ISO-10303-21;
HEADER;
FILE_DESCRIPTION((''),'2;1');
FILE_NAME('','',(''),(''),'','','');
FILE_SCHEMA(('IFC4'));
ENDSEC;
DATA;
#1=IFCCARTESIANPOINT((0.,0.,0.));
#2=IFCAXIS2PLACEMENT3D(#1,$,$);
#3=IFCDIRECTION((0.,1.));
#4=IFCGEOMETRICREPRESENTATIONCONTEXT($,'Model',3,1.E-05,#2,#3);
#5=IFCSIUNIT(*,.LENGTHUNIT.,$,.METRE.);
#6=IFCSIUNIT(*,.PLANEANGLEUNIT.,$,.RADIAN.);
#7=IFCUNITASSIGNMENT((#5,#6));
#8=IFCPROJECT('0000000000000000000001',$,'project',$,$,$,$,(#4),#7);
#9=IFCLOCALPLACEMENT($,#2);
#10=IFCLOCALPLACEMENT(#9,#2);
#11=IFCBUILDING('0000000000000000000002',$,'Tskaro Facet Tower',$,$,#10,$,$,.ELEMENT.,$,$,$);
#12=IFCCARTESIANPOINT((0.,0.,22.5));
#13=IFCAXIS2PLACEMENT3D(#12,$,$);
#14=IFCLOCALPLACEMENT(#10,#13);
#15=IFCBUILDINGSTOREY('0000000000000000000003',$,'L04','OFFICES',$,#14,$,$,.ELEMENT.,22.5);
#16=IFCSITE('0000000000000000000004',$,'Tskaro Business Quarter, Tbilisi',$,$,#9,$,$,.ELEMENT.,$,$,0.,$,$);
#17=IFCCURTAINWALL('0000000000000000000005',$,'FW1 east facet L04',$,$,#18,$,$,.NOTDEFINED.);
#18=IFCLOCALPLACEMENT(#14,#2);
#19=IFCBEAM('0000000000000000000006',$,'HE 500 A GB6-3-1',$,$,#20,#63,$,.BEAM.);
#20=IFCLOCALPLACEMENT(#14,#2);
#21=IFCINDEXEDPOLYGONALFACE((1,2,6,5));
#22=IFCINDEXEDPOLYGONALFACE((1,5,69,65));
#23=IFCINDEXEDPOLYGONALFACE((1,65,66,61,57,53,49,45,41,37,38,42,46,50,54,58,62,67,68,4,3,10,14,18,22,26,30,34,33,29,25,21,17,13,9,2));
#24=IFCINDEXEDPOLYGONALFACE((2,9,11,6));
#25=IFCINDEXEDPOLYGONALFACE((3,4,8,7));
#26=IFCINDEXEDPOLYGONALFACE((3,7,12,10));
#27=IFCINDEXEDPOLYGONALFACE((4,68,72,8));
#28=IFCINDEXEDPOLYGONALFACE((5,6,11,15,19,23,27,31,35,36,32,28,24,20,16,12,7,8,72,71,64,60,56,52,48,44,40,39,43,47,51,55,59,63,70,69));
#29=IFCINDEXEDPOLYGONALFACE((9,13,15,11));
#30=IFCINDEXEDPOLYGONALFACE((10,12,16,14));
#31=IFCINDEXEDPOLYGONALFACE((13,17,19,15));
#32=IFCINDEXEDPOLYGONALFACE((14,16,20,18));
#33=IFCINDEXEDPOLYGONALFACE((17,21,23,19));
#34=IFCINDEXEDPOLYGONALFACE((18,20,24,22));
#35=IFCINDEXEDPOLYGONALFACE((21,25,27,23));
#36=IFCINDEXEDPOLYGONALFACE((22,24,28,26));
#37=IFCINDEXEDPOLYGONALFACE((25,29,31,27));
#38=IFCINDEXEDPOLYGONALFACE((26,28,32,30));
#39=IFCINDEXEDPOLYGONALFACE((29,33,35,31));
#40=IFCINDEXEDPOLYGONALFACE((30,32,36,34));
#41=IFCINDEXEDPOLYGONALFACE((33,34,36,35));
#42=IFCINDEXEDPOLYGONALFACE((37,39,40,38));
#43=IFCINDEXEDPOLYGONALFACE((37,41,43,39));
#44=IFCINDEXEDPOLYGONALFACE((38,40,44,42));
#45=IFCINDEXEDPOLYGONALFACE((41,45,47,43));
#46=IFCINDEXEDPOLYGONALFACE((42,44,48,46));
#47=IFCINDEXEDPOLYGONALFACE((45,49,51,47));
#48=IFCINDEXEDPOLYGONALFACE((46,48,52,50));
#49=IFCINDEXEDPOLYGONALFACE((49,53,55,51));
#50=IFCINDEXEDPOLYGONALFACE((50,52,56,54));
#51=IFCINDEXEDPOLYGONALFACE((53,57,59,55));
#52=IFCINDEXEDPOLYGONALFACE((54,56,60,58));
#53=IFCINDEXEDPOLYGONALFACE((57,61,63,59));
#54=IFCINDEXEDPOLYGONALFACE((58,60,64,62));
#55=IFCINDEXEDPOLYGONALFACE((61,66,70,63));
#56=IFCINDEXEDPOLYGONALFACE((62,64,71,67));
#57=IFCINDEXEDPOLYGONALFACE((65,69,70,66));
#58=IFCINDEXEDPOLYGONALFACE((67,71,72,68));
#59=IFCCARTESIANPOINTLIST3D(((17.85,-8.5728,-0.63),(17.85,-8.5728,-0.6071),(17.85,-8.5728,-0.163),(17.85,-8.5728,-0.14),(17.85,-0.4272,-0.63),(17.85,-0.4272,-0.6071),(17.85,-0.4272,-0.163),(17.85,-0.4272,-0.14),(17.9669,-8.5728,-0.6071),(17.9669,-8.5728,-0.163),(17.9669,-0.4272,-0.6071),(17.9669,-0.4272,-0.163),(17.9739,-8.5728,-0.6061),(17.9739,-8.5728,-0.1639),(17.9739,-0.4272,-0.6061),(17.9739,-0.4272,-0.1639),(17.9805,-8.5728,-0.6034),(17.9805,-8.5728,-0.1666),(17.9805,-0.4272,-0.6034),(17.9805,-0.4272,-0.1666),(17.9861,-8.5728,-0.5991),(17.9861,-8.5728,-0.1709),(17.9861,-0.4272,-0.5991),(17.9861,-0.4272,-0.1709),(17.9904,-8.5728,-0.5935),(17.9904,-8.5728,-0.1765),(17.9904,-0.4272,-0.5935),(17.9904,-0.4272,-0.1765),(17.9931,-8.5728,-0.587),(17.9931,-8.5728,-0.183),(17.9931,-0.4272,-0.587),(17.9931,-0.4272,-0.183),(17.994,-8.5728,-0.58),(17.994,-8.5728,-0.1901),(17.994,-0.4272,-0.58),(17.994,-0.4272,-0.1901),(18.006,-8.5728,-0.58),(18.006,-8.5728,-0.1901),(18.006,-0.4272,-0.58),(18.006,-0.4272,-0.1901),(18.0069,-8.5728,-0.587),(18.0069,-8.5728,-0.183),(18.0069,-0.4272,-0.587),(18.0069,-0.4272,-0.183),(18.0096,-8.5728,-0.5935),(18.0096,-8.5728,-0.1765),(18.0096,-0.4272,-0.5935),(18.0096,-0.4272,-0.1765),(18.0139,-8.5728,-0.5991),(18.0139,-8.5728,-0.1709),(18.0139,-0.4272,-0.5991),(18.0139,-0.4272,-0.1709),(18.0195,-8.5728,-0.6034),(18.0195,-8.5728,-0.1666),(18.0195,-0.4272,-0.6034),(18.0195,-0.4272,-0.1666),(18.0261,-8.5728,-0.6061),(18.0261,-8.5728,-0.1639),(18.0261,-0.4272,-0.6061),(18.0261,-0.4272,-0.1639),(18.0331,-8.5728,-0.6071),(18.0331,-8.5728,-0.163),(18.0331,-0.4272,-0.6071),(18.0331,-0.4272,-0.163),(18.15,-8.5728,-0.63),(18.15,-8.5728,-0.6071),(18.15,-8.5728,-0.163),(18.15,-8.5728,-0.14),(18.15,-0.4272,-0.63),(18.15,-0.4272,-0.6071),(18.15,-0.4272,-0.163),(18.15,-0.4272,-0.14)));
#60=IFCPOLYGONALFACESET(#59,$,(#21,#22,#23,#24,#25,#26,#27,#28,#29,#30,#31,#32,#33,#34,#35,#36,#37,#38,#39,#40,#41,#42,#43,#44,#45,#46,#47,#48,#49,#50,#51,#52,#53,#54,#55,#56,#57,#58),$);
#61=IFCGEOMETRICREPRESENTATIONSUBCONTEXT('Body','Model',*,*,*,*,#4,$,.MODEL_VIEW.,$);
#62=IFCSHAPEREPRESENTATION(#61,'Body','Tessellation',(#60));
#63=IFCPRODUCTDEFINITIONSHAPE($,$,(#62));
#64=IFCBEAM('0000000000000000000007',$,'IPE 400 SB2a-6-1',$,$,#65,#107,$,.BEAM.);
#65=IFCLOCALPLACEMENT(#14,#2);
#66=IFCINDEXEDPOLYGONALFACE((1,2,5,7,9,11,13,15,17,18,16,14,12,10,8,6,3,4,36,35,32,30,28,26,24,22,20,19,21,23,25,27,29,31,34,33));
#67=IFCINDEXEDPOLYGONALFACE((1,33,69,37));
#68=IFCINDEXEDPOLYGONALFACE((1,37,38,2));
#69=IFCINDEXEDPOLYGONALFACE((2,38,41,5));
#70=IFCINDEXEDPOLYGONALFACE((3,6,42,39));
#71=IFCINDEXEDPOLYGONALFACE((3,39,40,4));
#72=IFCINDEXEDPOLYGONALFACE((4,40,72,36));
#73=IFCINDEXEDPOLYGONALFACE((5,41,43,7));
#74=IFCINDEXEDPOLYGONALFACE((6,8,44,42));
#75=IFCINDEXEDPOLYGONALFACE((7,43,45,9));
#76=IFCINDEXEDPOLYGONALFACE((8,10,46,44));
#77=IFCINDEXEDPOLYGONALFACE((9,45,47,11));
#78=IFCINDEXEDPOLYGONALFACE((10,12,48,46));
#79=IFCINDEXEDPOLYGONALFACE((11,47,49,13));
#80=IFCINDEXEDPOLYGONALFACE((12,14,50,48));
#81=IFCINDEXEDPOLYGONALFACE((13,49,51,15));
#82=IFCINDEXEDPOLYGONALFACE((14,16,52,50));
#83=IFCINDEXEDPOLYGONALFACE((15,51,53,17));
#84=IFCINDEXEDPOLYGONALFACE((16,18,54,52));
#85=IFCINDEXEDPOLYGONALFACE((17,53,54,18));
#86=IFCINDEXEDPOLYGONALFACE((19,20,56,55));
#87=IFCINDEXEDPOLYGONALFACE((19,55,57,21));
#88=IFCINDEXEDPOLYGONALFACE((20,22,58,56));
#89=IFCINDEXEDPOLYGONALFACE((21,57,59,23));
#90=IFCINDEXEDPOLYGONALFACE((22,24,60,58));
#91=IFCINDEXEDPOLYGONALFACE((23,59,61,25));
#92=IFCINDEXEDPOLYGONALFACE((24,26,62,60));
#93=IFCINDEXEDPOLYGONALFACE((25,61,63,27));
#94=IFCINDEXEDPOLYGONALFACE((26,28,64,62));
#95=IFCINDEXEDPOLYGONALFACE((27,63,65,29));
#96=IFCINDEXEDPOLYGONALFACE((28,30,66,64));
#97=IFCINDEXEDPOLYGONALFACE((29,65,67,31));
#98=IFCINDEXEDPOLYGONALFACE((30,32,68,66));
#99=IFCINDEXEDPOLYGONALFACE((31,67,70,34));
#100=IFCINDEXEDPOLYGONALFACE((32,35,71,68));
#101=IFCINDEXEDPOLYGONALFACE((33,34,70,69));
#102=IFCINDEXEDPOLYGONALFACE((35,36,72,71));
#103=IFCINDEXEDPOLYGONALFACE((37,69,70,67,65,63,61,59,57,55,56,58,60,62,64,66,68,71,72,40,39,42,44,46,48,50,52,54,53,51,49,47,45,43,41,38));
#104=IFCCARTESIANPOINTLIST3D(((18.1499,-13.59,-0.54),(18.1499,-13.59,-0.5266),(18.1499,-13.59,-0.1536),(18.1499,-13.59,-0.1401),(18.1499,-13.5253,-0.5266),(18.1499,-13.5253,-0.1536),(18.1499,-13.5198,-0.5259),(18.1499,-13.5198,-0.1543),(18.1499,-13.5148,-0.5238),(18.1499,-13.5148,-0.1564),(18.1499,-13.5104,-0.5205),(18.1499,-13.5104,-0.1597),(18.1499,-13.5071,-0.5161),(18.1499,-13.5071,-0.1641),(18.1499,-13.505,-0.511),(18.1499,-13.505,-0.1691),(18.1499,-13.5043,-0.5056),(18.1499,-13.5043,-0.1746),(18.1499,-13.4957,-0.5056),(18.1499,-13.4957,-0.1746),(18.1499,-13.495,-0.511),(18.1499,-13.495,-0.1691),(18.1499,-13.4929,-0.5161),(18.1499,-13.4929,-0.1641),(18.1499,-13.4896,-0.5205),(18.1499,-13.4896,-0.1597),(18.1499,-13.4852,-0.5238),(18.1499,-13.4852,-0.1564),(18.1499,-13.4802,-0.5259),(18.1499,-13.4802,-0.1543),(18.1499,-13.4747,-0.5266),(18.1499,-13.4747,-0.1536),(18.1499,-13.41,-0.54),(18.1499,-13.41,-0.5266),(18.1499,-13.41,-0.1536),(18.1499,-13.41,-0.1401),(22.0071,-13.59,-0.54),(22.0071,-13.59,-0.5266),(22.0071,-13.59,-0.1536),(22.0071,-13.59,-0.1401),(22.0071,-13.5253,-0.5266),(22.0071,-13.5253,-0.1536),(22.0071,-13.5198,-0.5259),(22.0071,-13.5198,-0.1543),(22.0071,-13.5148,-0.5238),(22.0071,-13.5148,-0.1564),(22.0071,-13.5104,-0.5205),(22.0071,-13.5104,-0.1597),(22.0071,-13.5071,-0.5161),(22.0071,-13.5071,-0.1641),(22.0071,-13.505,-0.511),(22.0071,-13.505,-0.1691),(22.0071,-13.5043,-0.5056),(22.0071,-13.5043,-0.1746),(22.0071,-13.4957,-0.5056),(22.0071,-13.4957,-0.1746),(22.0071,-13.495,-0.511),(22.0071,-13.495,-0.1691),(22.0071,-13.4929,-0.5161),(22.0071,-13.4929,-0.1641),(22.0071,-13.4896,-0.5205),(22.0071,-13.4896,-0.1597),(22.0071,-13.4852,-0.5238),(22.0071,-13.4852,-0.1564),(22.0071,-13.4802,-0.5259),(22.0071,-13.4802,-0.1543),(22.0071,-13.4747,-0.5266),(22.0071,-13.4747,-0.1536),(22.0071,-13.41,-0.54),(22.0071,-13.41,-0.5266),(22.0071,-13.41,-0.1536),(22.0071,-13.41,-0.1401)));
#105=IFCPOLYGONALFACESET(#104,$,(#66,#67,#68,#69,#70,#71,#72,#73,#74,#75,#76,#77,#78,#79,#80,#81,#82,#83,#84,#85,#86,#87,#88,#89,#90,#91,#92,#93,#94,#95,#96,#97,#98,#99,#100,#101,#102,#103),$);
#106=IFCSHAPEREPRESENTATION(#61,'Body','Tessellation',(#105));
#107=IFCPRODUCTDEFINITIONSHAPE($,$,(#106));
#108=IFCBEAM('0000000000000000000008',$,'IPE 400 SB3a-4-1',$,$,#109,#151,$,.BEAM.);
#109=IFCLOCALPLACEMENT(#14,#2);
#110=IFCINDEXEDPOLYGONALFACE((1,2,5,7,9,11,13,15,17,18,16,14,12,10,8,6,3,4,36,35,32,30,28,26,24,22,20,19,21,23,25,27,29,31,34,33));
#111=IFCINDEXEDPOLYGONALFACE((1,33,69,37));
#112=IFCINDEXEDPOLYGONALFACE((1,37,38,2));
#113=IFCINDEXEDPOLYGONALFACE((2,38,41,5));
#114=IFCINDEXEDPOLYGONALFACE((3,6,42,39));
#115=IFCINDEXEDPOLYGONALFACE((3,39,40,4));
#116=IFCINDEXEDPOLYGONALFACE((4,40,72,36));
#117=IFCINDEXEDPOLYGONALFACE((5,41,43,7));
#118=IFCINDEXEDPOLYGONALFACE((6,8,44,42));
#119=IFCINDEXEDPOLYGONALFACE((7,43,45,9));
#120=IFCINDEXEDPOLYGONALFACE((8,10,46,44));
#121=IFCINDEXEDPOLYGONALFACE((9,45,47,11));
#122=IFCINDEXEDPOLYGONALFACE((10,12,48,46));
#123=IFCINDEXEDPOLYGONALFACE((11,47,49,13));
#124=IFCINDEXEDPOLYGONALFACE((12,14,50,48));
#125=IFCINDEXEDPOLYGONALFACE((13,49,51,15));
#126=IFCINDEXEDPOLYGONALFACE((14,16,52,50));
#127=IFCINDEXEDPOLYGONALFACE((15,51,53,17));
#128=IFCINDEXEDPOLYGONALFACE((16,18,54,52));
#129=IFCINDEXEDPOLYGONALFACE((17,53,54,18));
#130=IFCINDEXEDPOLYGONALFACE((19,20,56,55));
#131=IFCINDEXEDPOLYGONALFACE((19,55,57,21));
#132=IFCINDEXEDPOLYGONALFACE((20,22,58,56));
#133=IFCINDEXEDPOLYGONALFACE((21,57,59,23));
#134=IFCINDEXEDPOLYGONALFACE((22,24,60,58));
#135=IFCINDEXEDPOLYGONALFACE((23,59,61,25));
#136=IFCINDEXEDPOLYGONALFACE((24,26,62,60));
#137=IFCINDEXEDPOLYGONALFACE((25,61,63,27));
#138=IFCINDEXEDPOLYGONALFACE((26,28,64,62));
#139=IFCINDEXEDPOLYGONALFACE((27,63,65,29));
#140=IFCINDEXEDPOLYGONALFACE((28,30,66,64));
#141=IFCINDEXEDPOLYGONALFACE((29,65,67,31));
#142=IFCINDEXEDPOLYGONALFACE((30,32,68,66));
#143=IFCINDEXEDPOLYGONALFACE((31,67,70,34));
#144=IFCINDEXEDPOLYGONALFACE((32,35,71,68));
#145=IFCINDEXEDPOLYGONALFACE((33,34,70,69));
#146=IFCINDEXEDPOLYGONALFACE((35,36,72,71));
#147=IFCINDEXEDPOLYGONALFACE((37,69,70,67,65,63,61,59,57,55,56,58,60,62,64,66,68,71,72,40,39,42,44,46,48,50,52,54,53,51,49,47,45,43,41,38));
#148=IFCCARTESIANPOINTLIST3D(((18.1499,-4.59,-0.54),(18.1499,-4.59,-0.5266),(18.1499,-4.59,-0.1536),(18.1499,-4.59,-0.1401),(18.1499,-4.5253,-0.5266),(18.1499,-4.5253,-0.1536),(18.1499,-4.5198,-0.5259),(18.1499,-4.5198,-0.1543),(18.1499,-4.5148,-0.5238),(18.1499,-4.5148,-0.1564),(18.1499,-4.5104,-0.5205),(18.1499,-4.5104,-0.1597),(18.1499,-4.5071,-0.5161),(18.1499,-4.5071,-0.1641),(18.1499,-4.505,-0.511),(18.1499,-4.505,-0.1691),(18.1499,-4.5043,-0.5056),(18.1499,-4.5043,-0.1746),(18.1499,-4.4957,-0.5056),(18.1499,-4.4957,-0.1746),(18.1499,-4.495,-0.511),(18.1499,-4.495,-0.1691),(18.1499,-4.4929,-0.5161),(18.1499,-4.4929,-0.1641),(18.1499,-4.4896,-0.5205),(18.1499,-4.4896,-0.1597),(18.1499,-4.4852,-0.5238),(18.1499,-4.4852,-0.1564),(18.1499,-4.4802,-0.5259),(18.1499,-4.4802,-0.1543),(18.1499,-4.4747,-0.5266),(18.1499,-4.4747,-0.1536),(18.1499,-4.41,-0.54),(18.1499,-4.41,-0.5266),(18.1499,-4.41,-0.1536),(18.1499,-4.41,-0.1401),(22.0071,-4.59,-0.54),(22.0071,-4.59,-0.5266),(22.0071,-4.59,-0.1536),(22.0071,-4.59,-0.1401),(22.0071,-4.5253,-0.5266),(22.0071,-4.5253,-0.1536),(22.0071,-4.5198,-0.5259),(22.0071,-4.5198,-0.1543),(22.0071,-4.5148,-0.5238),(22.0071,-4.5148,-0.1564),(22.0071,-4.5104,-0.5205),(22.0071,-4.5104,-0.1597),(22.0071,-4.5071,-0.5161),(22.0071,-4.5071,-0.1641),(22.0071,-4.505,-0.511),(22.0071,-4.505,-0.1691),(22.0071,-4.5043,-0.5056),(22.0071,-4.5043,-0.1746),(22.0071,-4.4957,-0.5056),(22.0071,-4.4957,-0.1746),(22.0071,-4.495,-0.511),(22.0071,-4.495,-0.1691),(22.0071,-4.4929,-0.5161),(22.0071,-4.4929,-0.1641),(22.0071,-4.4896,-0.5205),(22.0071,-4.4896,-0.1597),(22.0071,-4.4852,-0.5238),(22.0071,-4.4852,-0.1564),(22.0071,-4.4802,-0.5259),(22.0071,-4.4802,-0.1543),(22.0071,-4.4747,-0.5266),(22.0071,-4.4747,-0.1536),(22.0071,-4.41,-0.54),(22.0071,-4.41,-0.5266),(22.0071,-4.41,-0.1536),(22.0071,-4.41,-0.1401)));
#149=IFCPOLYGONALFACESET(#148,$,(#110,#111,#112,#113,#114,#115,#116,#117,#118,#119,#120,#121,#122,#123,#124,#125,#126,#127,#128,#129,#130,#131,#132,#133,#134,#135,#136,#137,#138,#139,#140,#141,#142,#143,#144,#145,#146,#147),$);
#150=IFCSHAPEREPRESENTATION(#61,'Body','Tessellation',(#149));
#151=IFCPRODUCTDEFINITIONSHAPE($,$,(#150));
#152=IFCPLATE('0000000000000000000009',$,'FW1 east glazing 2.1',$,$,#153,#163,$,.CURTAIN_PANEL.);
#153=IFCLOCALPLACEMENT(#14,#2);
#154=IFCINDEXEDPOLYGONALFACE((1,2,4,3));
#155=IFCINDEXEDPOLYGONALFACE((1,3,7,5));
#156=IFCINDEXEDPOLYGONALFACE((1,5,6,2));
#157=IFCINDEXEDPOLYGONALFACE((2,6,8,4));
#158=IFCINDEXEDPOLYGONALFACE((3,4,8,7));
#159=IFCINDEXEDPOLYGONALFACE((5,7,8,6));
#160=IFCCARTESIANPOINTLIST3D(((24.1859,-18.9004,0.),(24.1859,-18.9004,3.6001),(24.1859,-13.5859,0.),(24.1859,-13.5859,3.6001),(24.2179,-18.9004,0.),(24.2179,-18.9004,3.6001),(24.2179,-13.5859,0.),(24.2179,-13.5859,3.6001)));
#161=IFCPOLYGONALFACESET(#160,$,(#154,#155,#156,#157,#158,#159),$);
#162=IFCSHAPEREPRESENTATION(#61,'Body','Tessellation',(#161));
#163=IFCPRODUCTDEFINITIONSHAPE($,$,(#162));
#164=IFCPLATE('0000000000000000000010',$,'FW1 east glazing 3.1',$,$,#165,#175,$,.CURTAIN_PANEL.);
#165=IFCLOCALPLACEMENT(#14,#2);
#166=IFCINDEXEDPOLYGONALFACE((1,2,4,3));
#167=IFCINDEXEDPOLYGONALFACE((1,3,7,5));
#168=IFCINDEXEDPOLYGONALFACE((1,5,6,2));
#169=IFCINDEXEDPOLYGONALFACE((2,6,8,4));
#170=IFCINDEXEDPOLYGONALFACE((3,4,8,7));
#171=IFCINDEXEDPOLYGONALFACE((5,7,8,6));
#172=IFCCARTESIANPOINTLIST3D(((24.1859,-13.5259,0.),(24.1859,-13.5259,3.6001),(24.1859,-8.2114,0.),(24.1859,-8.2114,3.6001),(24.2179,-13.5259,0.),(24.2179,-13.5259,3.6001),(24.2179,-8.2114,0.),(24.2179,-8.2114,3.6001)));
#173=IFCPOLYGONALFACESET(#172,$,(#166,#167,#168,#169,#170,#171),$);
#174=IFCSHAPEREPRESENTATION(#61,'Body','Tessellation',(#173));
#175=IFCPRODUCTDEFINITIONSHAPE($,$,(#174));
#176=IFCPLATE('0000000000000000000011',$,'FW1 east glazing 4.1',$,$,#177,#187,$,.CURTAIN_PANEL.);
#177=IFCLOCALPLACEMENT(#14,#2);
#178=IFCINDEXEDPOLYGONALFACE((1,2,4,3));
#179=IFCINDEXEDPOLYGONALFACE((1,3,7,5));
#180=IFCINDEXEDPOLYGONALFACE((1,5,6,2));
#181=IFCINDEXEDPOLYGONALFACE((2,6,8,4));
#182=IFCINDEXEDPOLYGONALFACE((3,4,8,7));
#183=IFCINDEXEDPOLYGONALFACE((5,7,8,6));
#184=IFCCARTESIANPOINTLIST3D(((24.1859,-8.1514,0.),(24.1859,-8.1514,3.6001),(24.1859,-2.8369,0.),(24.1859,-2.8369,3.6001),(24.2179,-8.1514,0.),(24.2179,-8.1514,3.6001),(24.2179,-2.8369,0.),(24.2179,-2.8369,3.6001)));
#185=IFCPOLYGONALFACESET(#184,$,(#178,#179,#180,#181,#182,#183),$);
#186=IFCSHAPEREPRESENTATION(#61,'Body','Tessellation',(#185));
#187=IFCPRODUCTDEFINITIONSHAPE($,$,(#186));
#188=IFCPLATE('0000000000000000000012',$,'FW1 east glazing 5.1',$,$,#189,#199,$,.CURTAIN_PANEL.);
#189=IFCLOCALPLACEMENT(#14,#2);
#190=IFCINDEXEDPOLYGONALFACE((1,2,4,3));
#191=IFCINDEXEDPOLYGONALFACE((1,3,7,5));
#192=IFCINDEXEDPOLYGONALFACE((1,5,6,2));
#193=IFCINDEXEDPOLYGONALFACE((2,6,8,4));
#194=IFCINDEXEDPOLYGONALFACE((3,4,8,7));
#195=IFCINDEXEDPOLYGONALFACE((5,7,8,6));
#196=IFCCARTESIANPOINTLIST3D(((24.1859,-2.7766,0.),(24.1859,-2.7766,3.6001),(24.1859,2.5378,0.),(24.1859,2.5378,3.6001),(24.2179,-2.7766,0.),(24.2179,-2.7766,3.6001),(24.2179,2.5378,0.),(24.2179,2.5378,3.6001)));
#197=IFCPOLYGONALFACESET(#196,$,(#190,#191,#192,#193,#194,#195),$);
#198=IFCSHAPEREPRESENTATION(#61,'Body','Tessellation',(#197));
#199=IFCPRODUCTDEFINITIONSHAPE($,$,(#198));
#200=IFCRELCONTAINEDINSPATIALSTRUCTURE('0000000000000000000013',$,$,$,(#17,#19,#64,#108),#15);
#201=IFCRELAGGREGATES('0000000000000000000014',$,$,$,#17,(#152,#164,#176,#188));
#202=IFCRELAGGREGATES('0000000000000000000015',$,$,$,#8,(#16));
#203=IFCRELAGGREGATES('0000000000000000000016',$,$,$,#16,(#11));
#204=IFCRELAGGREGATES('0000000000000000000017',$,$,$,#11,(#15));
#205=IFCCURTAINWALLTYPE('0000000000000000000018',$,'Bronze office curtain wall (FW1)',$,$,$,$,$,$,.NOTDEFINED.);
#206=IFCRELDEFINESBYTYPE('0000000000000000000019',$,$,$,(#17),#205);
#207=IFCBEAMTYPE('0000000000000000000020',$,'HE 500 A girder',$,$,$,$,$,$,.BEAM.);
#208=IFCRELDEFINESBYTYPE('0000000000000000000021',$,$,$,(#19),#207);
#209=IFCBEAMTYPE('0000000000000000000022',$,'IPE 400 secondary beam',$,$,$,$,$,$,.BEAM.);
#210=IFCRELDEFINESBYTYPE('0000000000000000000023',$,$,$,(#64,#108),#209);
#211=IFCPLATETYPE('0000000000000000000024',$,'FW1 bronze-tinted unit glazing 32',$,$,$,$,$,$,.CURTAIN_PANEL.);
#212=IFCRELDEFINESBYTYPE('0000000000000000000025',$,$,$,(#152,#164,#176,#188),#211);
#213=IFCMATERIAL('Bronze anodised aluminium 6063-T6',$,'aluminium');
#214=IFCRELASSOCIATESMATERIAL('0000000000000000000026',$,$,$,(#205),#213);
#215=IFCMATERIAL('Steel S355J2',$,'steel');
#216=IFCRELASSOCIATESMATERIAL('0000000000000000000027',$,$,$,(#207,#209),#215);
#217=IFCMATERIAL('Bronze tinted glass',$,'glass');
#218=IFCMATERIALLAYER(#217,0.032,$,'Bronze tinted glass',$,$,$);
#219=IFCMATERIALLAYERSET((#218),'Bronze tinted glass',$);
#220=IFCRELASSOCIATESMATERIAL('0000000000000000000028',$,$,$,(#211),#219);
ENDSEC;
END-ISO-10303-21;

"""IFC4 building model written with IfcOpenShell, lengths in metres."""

from ifc_helpers import new_model, si_unit, direction, frame, origin, origin_2d, place, context, subcontext, project, spatial, rectangle, i_section, extrude, material, layer, layer_set, material_profile, profile_set, type_object, element, aggregate, save


model = new_model("IFC4")

# Units and contexts
model_context = context("Model", 3, precision=1e-05, world=origin(), true_north=direction((0.0, 1.0)))
body_context = subcontext(model_context, "Body", "Model", "MODEL_VIEW")
ifc_project = project(units=[si_unit("LENGTHUNIT", "METRE"), si_unit("PLANEANGLEUNIT", "RADIAN")], contexts=[model_context])

# Site, building, storey
site_placement = place(None, origin())
site = spatial("IfcSite", under=ifc_project, at=site_placement, Name="Tskaro Business Quarter, Tbilisi", CompositionType="ELEMENT", RefElevation=0.0)
building_placement = place(site_placement, origin())
building = spatial("IfcBuilding", under=site, at=building_placement, Name="Tskaro Facet Tower", CompositionType="ELEMENT")
storey_placement = place(building_placement, frame((0.0, 0.0, 22.5)))
storey = spatial("IfcBuildingStorey", under=building, at=storey_placement, Name="L04", Description="OFFICES", CompositionType="ELEMENT", Elevation=22.5)

# Curtain wall
ifc_material_1 = material(Name="Bronze anodised aluminium 6063-T6", Category="aluminium")
curtain_wall_type = type_object("IfcCurtainWallType", Name="Bronze office curtain wall (FW1)", PredefinedType="NOTDEFINED", material=ifc_material_1)
curtain_wall_placement = place(storey_placement, origin())
curtain_wall = element("IfcCurtainWall", 1, at=curtain_wall_placement, inside=storey, type_object=curtain_wall_type, Name="FW1 east facet L04", PredefinedType="NOTDEFINED")

# Beams
ifc_material_2 = material(Name="Steel S355J2", Category="steel")
ifc_material_profile_1 = material_profile(ifc_material_2, i_section(OverallWidth=0.3, OverallDepth=0.49, WebThickness=0.012, FlangeThickness=0.0229, FilletRadius=0.0271, at=origin_2d()), Name="HE 500 A")
ifc_profile_set_1 = profile_set([ifc_material_profile_1], Name="Steel S355J2")
beam_type_1 = type_object("IfcBeamType", Name="HE 500 A girder", PredefinedType="BEAM", material=ifc_profile_set_1)
for number, where, z_axis, x_axis, name in (
    (2, (18.0, -8.5728, -0.385), (0.0, 1.0, 0.0), (-1.0, 0.0, 0.0), "HE 500 A GB6-3-1"),
):
    element("IfcBeam", number, at=place(storey_placement, frame(where, z_axis=z_axis, x_axis=x_axis)), inside=storey, type_object=beam_type_1, Name=name, PredefinedType="BEAM", context=body_context, shape_type="SweptSolid", body=[
        extrude(i_section(OverallWidth=0.3, OverallDepth=0.49, WebThickness=0.012, FlangeThickness=0.0229, FilletRadius=0.0271, at=origin_2d()), origin(), (0.0, 0.0, 1.0), 8.1455),
    ])
ifc_material_profile_2 = material_profile(ifc_material_2, i_section(OverallWidth=0.1799, OverallDepth=0.3999, WebThickness=0.0085, FlangeThickness=0.0134, FilletRadius=0.021, at=origin_2d()), Name="IPE 400")
ifc_profile_set_2 = profile_set([ifc_material_profile_2], Name="Steel S355J2")
beam_type_2 = type_object("IfcBeamType", Name="IPE 400 secondary beam", PredefinedType="BEAM", material=ifc_profile_set_2)
for number, where, z_axis, x_axis, name in (
    (3, (18.1499, -13.5, -0.3401), (1.0, 0.0, 0.0), (0.0, 1.0, 0.0), "IPE 400 SB2a-6-1"),
    (4, (18.1499, -4.5, -0.3401), (1.0, 0.0, 0.0), (0.0, 1.0, 0.0), "IPE 400 SB3a-4-1"),
):
    element("IfcBeam", number, at=place(storey_placement, frame(where, z_axis=z_axis, x_axis=x_axis)), inside=storey, type_object=beam_type_2, Name=name, PredefinedType="BEAM", context=body_context, shape_type="SweptSolid", body=[
        extrude(i_section(OverallWidth=0.1799, OverallDepth=0.3999, WebThickness=0.0085, FlangeThickness=0.0134, FilletRadius=0.021, at=origin_2d()), origin(), (0.0, 0.0, 1.0), 3.8572),
    ])

# Plates
ifc_material_3 = material(Name="Bronze tinted glass", Category="glass")
ifc_layer_1 = layer(ifc_material_3, 0.032, Name="Bronze tinted glass")
ifc_layer_set_1 = layer_set([ifc_layer_1], Name="Bronze tinted glass")
plate_type = type_object("IfcPlateType", Name="FW1 bronze-tinted unit glazing 32", PredefinedType="CURTAIN_PANEL", material=ifc_layer_set_1)
plate_1_placement = place(storey_placement, frame((24.2019, -16.2432, 0.0), z_axis=(0.0, 0.0, 1.0), x_axis=(0.0, 1.0, 0.0)))
plate_1 = element("IfcPlate", 5, at=plate_1_placement, type_object=plate_type, Name="FW1 east glazing 2.1", PredefinedType="CURTAIN_PANEL", context=body_context, shape_type="SweptSolid", body=[
    extrude(rectangle(XDim=5.3145, YDim=0.032, at=origin_2d()), origin(), (0.0, 0.0, 1.0), 3.6001),
])
plate_2_placement = place(storey_placement, frame((24.2019, -10.8687, 0.0), z_axis=(0.0, 0.0, 1.0), x_axis=(0.0, 1.0, 0.0)))
plate_2 = element("IfcPlate", 6, at=plate_2_placement, type_object=plate_type, Name="FW1 east glazing 3.1", PredefinedType="CURTAIN_PANEL", context=body_context, shape_type="SweptSolid", body=[
    extrude(rectangle(XDim=5.3145, YDim=0.032, at=origin_2d()), origin(), (0.0, 0.0, 1.0), 3.6001),
])
plate_3_placement = place(storey_placement, frame((24.2019, -5.4941, 0.0), z_axis=(0.0, 0.0, 1.0), x_axis=(0.0, 1.0, 0.0)))
plate_3 = element("IfcPlate", 7, at=plate_3_placement, type_object=plate_type, Name="FW1 east glazing 4.1", PredefinedType="CURTAIN_PANEL", context=body_context, shape_type="SweptSolid", body=[
    extrude(rectangle(XDim=5.3145, YDim=0.032, at=origin_2d()), origin(), (0.0, 0.0, 1.0), 3.6001),
])
plate_4_placement = place(storey_placement, frame((24.2019, -0.1194, 0.0), z_axis=(0.0, 0.0, 1.0), x_axis=(0.0, 1.0, 0.0)))
plate_4 = element("IfcPlate", 8, at=plate_4_placement, type_object=plate_type, Name="FW1 east glazing 5.1", PredefinedType="CURTAIN_PANEL", context=body_context, shape_type="SweptSolid", body=[
    extrude(rectangle(XDim=5.3145, YDim=0.032, at=origin_2d()), origin(), (0.0, 0.0, 1.0), 3.6001),
])
aggregate(curtain_wall, [plate_1, plate_2, plate_3, plate_4])

save(model, "model.ifc")
